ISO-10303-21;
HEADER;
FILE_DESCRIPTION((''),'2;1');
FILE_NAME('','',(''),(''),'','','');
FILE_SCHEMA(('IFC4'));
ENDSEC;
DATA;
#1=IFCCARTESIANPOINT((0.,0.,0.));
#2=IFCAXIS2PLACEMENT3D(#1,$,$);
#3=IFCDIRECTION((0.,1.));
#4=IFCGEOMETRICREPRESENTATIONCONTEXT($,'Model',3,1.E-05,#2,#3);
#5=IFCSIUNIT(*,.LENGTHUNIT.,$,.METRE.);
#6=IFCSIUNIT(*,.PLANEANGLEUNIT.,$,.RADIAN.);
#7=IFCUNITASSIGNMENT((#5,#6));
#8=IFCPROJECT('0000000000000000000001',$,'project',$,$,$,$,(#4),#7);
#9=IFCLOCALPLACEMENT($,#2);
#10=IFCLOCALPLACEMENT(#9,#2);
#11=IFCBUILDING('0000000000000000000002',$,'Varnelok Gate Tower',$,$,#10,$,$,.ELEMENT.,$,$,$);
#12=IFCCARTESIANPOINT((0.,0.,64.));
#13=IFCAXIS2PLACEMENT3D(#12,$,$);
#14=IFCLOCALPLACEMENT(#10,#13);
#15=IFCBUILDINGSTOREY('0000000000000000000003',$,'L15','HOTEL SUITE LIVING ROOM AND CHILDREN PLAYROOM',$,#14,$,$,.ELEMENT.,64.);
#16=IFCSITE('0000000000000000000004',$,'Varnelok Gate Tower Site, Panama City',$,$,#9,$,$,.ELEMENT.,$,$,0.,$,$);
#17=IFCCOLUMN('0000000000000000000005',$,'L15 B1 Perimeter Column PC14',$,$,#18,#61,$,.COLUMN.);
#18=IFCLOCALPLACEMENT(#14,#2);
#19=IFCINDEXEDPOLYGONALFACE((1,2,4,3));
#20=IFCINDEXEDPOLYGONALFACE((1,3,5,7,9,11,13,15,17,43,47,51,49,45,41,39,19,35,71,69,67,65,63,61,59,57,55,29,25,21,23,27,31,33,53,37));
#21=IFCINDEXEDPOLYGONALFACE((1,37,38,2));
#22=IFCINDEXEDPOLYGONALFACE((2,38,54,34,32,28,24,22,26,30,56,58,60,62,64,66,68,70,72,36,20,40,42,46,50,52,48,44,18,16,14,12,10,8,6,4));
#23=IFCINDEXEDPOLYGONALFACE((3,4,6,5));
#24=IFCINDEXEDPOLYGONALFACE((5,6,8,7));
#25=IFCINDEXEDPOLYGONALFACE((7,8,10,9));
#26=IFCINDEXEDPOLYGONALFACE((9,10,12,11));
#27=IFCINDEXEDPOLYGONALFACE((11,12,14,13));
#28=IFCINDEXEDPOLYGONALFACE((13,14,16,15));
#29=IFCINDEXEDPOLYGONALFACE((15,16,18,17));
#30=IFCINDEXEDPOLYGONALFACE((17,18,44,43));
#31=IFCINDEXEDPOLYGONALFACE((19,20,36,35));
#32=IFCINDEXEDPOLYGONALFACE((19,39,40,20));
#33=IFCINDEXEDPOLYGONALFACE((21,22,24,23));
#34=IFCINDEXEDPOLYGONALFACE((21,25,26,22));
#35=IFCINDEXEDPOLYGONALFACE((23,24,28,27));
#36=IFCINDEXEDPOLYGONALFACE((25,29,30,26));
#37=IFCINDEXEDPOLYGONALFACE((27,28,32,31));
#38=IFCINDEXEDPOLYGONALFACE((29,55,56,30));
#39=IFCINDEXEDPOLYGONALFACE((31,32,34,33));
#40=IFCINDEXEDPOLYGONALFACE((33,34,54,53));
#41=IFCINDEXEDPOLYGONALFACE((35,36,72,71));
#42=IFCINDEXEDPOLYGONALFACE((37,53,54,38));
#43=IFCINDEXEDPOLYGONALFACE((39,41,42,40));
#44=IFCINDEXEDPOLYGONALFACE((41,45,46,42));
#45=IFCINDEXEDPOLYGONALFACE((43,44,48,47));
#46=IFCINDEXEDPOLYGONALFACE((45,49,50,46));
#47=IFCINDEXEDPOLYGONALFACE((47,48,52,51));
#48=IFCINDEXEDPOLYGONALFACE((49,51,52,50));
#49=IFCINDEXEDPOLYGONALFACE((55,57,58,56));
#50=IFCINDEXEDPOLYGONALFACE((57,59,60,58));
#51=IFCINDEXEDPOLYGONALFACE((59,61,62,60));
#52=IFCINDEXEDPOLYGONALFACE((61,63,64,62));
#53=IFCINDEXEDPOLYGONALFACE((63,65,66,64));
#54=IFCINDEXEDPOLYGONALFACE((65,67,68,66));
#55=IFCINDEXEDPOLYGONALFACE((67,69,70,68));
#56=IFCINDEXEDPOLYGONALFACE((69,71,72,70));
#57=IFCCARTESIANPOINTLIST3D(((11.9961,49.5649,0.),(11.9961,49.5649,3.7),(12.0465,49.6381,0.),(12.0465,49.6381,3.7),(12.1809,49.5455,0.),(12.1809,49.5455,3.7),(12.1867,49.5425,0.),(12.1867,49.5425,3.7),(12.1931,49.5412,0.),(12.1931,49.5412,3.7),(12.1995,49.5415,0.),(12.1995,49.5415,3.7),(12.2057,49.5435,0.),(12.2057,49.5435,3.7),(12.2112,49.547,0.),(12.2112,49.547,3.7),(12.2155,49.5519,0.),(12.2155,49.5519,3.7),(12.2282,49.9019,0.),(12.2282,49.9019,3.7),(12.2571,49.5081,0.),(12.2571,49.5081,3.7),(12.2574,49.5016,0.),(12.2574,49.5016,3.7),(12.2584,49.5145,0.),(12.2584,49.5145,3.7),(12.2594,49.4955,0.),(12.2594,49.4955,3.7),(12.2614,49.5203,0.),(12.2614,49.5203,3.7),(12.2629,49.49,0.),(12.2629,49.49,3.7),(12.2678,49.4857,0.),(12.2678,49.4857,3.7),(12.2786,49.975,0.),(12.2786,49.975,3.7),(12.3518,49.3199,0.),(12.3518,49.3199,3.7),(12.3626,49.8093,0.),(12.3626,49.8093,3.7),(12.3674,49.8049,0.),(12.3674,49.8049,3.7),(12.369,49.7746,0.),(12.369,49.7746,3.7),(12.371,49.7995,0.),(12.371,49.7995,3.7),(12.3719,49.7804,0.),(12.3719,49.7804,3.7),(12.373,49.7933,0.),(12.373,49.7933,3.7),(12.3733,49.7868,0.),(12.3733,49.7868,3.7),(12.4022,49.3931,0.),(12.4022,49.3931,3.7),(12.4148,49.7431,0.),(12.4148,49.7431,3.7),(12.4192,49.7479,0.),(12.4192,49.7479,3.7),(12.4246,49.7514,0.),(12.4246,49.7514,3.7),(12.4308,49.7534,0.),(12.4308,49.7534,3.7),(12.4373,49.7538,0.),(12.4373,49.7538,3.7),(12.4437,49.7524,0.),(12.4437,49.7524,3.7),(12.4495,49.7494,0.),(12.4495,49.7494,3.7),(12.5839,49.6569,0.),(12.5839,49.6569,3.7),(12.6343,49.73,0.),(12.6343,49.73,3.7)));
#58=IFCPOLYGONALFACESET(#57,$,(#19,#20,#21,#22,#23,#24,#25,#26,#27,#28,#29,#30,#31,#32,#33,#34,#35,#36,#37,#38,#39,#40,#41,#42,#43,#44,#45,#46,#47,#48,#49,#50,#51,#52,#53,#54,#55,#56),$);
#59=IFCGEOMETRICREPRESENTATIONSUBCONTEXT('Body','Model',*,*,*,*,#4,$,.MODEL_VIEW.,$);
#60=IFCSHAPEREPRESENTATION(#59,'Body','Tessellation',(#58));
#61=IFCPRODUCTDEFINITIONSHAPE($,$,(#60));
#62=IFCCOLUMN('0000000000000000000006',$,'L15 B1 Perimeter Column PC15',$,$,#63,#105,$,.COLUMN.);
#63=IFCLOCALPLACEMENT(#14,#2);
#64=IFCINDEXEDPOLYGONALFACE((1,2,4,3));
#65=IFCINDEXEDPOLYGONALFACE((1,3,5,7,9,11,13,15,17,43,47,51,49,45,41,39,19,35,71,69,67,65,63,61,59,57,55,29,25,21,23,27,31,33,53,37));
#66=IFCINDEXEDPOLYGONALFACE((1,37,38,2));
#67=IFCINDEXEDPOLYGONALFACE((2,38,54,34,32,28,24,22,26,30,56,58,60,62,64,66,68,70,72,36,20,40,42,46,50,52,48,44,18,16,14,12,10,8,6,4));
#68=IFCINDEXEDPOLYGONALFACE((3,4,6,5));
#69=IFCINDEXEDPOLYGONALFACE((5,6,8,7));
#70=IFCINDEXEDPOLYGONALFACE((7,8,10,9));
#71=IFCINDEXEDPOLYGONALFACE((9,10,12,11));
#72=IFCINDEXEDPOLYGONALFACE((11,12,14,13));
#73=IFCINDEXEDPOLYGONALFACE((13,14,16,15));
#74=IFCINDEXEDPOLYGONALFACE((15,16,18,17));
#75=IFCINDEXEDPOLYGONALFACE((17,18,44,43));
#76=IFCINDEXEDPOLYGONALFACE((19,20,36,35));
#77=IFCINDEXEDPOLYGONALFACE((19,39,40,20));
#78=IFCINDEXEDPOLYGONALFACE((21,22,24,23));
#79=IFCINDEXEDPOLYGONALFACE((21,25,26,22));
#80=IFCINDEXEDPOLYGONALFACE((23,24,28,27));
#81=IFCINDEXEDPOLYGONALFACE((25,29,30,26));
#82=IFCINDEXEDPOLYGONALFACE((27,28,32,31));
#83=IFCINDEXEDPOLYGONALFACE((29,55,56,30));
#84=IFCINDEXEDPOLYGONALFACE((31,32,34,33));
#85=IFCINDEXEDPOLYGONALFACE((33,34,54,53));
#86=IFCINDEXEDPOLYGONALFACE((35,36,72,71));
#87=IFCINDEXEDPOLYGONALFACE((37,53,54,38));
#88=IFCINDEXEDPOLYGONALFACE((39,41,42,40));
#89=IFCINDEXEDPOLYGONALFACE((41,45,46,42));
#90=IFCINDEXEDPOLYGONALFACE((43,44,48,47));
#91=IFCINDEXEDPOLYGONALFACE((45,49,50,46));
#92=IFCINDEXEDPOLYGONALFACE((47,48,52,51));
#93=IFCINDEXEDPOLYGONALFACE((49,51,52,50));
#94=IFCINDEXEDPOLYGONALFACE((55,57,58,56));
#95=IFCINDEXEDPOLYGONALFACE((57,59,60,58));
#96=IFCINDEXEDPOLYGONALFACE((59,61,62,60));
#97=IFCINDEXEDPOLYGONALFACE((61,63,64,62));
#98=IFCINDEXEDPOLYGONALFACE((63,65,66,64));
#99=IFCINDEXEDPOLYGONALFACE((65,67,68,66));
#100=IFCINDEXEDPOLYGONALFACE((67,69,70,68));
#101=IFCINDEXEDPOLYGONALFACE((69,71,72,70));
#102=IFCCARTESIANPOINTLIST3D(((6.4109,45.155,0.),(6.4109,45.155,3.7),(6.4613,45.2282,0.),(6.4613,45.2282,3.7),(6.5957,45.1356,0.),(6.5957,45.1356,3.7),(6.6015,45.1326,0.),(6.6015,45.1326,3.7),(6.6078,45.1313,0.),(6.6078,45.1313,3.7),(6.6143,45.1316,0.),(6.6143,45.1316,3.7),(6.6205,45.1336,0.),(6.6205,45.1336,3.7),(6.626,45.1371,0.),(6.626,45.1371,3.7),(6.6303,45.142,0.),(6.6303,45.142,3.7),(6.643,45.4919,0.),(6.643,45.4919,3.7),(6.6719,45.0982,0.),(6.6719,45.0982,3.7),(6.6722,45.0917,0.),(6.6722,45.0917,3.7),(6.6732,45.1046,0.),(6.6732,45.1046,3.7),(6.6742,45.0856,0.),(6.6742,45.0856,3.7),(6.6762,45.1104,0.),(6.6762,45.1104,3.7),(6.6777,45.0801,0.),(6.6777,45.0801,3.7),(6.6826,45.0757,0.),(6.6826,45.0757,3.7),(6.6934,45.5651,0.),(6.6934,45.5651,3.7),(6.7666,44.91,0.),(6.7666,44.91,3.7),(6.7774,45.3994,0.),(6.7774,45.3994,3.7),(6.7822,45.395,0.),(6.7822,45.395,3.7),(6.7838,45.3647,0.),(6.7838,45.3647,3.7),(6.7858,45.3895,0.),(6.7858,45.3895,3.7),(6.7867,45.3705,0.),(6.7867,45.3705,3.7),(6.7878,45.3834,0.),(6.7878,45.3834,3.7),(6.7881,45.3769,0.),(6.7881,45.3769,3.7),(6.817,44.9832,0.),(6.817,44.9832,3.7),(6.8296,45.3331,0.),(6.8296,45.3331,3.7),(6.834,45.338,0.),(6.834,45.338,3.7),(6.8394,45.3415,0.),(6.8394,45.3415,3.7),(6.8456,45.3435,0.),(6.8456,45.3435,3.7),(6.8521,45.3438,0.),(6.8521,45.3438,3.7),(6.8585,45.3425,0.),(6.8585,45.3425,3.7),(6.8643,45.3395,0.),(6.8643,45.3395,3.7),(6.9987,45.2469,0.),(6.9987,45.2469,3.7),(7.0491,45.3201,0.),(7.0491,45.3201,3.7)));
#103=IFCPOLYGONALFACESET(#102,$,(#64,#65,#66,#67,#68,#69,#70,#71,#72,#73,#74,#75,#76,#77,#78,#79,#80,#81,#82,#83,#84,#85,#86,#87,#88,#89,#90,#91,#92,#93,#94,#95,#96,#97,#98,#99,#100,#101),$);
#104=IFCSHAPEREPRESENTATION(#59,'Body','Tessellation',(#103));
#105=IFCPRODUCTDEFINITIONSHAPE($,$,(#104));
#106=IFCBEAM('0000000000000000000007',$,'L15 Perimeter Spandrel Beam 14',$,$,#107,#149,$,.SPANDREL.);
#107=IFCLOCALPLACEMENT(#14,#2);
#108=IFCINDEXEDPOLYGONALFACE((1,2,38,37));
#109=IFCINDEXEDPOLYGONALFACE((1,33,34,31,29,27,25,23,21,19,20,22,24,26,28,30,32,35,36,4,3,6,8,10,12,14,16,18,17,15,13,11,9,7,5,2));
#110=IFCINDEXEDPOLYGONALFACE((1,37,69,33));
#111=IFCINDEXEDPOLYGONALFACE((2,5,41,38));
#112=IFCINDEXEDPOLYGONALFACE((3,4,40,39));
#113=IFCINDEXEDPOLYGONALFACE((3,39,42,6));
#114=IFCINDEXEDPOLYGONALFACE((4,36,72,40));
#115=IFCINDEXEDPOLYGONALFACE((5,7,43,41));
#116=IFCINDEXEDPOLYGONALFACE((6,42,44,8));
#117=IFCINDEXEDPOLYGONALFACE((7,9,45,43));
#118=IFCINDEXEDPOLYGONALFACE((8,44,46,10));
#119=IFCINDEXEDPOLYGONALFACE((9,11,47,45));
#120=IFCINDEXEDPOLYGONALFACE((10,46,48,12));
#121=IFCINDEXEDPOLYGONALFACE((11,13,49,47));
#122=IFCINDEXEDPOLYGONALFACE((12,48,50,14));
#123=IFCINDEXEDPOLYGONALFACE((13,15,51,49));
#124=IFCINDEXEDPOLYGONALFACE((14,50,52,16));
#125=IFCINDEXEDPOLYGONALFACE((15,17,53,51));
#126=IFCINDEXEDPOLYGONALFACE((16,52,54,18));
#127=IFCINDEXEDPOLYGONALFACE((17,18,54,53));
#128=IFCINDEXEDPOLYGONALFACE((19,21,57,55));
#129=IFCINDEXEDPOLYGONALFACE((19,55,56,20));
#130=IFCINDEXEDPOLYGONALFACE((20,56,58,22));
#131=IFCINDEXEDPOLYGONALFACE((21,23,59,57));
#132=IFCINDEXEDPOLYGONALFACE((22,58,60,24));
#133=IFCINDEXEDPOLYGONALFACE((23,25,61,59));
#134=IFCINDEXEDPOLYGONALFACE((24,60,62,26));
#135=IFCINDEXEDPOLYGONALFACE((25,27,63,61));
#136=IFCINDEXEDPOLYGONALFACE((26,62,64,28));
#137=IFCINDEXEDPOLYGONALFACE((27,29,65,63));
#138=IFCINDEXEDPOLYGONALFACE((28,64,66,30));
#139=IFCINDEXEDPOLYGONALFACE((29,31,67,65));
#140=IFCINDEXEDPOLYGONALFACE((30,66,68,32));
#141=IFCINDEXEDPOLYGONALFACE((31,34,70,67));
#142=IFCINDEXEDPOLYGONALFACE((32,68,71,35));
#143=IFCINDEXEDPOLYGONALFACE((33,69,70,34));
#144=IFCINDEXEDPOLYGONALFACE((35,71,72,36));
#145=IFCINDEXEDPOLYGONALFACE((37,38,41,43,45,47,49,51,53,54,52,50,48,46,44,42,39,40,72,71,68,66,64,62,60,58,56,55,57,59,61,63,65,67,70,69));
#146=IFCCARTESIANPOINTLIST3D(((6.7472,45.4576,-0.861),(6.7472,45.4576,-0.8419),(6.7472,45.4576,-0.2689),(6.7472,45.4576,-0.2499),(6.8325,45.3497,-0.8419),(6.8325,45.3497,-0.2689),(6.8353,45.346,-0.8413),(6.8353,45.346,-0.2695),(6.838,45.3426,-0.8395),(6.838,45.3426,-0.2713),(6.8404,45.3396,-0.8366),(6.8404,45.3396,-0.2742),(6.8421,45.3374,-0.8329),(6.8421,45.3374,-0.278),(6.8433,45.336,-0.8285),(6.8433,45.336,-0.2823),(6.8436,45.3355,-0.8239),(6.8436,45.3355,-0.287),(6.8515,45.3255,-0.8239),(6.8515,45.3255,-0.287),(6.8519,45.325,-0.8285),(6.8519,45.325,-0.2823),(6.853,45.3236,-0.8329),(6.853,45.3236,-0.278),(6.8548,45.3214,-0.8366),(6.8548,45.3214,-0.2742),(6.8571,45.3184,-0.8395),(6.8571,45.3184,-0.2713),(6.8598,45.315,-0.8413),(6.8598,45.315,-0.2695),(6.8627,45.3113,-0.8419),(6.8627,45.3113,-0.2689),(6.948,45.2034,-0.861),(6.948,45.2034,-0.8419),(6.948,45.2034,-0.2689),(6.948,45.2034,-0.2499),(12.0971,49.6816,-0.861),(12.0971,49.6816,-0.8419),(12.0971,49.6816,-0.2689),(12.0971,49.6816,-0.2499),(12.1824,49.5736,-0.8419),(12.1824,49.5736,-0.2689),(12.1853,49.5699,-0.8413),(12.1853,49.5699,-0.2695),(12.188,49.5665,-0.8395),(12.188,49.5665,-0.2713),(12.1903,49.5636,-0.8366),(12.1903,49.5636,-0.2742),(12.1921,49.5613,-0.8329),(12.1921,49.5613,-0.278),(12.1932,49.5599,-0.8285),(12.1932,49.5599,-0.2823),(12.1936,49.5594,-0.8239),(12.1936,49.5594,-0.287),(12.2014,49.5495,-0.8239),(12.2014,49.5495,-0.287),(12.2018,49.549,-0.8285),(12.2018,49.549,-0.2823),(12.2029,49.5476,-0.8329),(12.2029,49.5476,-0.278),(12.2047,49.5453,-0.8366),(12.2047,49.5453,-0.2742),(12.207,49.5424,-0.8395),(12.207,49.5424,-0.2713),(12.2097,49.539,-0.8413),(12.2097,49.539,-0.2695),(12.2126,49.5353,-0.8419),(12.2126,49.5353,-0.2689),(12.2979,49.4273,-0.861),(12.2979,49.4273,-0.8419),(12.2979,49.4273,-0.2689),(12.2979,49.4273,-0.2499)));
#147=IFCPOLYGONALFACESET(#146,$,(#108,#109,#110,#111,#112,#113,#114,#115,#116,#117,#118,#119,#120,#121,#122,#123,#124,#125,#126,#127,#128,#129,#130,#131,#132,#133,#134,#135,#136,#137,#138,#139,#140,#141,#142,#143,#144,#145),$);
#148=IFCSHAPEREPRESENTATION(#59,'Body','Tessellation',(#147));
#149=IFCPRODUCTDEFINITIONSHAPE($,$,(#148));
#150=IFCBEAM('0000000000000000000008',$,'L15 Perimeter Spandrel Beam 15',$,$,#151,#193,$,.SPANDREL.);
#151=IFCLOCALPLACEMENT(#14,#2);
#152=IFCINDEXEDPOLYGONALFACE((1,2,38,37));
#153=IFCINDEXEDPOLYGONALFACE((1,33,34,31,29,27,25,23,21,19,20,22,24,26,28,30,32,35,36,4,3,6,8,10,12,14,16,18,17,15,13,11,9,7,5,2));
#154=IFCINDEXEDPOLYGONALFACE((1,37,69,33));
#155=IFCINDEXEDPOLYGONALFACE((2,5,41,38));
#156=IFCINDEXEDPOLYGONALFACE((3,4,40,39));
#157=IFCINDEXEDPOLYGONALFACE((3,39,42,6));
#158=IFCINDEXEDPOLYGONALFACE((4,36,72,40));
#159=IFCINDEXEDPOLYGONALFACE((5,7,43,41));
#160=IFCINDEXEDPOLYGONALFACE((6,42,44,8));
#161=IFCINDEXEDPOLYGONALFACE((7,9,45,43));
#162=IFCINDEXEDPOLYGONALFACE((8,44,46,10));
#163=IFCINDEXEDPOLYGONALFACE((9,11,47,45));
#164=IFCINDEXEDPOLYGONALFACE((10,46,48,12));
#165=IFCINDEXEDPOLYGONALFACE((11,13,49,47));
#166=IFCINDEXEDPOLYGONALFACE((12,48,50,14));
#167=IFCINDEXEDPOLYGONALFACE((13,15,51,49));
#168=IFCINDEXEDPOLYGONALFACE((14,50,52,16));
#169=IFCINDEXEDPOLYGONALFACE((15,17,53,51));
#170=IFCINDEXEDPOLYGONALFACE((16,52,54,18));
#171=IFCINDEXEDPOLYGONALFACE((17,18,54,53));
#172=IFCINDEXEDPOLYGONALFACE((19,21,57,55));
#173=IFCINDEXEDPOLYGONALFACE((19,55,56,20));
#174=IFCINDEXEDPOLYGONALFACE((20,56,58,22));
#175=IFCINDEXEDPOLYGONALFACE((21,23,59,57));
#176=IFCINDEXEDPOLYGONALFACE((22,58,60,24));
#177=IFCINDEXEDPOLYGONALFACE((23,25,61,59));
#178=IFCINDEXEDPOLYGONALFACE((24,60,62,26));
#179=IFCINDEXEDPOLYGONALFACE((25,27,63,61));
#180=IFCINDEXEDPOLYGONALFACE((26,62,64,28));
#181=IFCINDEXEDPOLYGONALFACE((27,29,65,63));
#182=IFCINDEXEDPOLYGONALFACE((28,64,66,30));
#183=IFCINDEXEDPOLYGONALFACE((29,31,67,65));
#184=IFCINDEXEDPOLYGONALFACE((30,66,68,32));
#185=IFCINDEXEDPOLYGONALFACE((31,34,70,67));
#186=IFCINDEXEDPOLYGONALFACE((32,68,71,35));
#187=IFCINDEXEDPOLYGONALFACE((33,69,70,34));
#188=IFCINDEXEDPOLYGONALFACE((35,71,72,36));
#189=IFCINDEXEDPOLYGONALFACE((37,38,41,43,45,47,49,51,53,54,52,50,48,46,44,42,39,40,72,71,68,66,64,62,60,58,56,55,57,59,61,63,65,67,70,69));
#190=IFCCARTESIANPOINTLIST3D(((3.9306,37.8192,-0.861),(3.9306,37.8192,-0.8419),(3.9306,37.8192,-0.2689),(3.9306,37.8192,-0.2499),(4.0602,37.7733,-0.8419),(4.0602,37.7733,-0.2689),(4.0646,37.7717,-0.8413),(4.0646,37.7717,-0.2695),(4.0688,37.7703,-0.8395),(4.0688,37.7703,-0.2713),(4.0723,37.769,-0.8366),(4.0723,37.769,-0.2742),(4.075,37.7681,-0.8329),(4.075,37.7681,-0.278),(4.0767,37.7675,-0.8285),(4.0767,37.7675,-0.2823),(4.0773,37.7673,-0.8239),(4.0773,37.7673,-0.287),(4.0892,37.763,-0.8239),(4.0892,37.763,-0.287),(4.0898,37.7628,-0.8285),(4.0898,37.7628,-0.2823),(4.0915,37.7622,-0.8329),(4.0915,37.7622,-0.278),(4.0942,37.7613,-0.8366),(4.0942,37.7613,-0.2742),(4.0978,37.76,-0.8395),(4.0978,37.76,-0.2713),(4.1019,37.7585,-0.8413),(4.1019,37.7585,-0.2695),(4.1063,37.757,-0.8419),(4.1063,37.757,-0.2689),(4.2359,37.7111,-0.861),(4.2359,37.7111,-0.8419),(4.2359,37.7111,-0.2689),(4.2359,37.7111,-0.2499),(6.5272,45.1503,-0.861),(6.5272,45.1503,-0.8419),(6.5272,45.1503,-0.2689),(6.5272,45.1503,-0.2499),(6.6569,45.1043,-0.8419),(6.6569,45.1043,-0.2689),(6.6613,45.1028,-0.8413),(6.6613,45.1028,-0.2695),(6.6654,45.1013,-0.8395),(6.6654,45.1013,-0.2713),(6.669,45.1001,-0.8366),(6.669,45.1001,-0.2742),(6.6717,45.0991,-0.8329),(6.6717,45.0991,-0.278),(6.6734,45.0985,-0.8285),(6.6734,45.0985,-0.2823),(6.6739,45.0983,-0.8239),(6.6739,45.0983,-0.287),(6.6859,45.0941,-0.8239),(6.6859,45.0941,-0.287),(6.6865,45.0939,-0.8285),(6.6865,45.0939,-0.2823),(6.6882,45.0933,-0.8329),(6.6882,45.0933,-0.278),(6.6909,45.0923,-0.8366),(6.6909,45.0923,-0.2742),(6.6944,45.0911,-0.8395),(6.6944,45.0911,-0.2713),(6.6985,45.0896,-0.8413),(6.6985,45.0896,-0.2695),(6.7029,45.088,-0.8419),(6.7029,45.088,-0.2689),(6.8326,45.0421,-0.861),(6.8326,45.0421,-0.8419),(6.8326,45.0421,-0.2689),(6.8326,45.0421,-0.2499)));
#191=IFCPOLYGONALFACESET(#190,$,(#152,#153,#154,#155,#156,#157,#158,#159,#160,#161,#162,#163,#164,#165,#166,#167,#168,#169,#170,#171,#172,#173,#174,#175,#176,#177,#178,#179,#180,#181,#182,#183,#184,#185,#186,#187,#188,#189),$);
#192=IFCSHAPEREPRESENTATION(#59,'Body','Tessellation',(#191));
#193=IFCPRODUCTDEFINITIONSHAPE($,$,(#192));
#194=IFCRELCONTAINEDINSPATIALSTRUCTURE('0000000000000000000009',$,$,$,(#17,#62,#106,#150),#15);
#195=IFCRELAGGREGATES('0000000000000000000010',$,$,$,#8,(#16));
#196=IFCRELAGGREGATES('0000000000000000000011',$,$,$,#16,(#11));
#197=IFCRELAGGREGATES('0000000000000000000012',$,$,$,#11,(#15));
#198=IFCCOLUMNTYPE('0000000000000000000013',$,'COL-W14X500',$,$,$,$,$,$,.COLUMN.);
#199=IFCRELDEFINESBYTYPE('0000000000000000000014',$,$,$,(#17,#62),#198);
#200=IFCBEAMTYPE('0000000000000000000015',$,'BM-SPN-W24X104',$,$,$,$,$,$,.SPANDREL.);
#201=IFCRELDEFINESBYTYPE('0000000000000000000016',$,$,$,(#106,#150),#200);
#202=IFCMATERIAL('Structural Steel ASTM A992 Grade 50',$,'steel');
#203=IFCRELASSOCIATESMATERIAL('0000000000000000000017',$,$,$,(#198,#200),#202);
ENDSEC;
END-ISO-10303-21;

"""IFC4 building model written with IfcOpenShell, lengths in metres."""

from ifc_helpers import new_model, si_unit, direction, frame, origin, origin_2d, place, context, subcontext, project, spatial, i_section, extrude, material, material_profile, profile_set, type_object, element, save


model = new_model("IFC4")

# Units and contexts
model_context = context("Model", 3, precision=1e-05, world=origin(), true_north=direction((0.0, 1.0)))
body_context = subcontext(model_context, "Body", "Model", "MODEL_VIEW")
ifc_project = project(units=[si_unit("LENGTHUNIT", "METRE"), si_unit("PLANEANGLEUNIT", "RADIAN")], contexts=[model_context])

# Site, building, storey
site_placement = place(None, origin())
site = spatial("IfcSite", under=ifc_project, at=site_placement, Name="Varnelok Gate Tower Site, Panama City", CompositionType="ELEMENT", RefElevation=0.0)
building_placement = place(site_placement, origin())
building = spatial("IfcBuilding", under=site, at=building_placement, Name="Varnelok Gate Tower", CompositionType="ELEMENT")
storey_placement = place(building_placement, frame((0.0, 0.0, 64.0)))
storey = spatial("IfcBuildingStorey", under=building, at=storey_placement, Name="L15", Description="HOTEL SUITE LIVING ROOM AND CHILDREN PLAYROOM", CompositionType="ELEMENT", Elevation=64.0)

# Columns
ifc_material_1 = material(Name="Structural Steel ASTM A992 Grade 50", Category="steel")
ifc_material_profile_1 = material_profile(ifc_material_1, i_section(OverallWidth=0.4319, OverallDepth=0.498, WebThickness=0.0557, FlangeThickness=0.0889, FilletRadius=0.0249, at=origin_2d()), Name="W14X500")
ifc_profile_set_1 = profile_set([ifc_material_profile_1], Name="Structural Steel ASTM A992 Grade 50")
column_type = type_object("IfcColumnType", Name="COL-W14X500", PredefinedType="COLUMN", material=ifc_profile_set_1)
for number, where, z_axis, x_axis, name in (
    (1, (12.3152, 49.6475, 0.0), (0.0, 0.0, 1.0), (0.823533, -0.567269, 0.0), "L15 B1 Perimeter Column PC14"),
    (2, (6.73, 45.2375, 0.0), (0.0, 0.0, 1.0), (0.823533, -0.567269, 0.0), "L15 B1 Perimeter Column PC15"),
):
    element("IfcColumn", number, at=place(storey_placement, frame(where, z_axis=z_axis, x_axis=x_axis)), inside=storey, type_object=column_type, Name=name, PredefinedType="COLUMN", context=body_context, shape_type="SweptSolid", body=[
        extrude(i_section(OverallWidth=0.4319, OverallDepth=0.498, WebThickness=0.0557, FlangeThickness=0.0889, FilletRadius=0.0249, at=origin_2d()), origin(), (0.0, 0.0, 1.0), 3.7),
    ])

# Beams
ifc_material_profile_2 = material_profile(ifc_material_1, i_section(OverallWidth=0.324, OverallDepth=0.6111, WebThickness=0.0127, FlangeThickness=0.019, FilletRadius=0.0181, at=origin_2d()), Name="W24X104")
ifc_profile_set_2 = profile_set([ifc_material_profile_2], Name="Structural Steel ASTM A992 Grade 50")
beam_type = type_object("IfcBeamType", Name="BM-SPN-W24X104", PredefinedType="SPANDREL", material=ifc_profile_set_2)
beam_1_placement = place(storey_placement, frame((12.1975, 49.5544, -0.5554), z_axis=(-0.784861, -0.619672, 0.0), x_axis=(0.619672, -0.784861, 0.0)))
element("IfcBeam", 3, at=beam_1_placement, inside=storey, type_object=beam_type, Name="L15 Perimeter Spandrel Beam 14", PredefinedType="SPANDREL", context=body_context, shape_type="SweptSolid", body=[
    extrude(i_section(OverallWidth=0.324, OverallDepth=0.6111, WebThickness=0.0127, FlangeThickness=0.019, FilletRadius=0.0181, at=origin_2d()), origin(), (0.0, 0.0, 1.0), 6.8164),
])
beam_2_placement = place(storey_placement, frame((6.6799, 45.0962, -0.5554), z_axis=(-0.333877, -0.942617, 0.0), x_axis=(0.942617, -0.333877, 0.0)))
element("IfcBeam", 4, at=beam_2_placement, inside=storey, type_object=beam_type, Name="L15 Perimeter Spandrel Beam 15", PredefinedType="SPANDREL", context=body_context, shape_type="SweptSolid", body=[
    extrude(i_section(OverallWidth=0.324, OverallDepth=0.6111, WebThickness=0.0127, FlangeThickness=0.019, FilletRadius=0.0181, at=origin_2d()), origin(), (0.0, 0.0, 1.0), 7.7773),
])

save(model, "model.ifc")
